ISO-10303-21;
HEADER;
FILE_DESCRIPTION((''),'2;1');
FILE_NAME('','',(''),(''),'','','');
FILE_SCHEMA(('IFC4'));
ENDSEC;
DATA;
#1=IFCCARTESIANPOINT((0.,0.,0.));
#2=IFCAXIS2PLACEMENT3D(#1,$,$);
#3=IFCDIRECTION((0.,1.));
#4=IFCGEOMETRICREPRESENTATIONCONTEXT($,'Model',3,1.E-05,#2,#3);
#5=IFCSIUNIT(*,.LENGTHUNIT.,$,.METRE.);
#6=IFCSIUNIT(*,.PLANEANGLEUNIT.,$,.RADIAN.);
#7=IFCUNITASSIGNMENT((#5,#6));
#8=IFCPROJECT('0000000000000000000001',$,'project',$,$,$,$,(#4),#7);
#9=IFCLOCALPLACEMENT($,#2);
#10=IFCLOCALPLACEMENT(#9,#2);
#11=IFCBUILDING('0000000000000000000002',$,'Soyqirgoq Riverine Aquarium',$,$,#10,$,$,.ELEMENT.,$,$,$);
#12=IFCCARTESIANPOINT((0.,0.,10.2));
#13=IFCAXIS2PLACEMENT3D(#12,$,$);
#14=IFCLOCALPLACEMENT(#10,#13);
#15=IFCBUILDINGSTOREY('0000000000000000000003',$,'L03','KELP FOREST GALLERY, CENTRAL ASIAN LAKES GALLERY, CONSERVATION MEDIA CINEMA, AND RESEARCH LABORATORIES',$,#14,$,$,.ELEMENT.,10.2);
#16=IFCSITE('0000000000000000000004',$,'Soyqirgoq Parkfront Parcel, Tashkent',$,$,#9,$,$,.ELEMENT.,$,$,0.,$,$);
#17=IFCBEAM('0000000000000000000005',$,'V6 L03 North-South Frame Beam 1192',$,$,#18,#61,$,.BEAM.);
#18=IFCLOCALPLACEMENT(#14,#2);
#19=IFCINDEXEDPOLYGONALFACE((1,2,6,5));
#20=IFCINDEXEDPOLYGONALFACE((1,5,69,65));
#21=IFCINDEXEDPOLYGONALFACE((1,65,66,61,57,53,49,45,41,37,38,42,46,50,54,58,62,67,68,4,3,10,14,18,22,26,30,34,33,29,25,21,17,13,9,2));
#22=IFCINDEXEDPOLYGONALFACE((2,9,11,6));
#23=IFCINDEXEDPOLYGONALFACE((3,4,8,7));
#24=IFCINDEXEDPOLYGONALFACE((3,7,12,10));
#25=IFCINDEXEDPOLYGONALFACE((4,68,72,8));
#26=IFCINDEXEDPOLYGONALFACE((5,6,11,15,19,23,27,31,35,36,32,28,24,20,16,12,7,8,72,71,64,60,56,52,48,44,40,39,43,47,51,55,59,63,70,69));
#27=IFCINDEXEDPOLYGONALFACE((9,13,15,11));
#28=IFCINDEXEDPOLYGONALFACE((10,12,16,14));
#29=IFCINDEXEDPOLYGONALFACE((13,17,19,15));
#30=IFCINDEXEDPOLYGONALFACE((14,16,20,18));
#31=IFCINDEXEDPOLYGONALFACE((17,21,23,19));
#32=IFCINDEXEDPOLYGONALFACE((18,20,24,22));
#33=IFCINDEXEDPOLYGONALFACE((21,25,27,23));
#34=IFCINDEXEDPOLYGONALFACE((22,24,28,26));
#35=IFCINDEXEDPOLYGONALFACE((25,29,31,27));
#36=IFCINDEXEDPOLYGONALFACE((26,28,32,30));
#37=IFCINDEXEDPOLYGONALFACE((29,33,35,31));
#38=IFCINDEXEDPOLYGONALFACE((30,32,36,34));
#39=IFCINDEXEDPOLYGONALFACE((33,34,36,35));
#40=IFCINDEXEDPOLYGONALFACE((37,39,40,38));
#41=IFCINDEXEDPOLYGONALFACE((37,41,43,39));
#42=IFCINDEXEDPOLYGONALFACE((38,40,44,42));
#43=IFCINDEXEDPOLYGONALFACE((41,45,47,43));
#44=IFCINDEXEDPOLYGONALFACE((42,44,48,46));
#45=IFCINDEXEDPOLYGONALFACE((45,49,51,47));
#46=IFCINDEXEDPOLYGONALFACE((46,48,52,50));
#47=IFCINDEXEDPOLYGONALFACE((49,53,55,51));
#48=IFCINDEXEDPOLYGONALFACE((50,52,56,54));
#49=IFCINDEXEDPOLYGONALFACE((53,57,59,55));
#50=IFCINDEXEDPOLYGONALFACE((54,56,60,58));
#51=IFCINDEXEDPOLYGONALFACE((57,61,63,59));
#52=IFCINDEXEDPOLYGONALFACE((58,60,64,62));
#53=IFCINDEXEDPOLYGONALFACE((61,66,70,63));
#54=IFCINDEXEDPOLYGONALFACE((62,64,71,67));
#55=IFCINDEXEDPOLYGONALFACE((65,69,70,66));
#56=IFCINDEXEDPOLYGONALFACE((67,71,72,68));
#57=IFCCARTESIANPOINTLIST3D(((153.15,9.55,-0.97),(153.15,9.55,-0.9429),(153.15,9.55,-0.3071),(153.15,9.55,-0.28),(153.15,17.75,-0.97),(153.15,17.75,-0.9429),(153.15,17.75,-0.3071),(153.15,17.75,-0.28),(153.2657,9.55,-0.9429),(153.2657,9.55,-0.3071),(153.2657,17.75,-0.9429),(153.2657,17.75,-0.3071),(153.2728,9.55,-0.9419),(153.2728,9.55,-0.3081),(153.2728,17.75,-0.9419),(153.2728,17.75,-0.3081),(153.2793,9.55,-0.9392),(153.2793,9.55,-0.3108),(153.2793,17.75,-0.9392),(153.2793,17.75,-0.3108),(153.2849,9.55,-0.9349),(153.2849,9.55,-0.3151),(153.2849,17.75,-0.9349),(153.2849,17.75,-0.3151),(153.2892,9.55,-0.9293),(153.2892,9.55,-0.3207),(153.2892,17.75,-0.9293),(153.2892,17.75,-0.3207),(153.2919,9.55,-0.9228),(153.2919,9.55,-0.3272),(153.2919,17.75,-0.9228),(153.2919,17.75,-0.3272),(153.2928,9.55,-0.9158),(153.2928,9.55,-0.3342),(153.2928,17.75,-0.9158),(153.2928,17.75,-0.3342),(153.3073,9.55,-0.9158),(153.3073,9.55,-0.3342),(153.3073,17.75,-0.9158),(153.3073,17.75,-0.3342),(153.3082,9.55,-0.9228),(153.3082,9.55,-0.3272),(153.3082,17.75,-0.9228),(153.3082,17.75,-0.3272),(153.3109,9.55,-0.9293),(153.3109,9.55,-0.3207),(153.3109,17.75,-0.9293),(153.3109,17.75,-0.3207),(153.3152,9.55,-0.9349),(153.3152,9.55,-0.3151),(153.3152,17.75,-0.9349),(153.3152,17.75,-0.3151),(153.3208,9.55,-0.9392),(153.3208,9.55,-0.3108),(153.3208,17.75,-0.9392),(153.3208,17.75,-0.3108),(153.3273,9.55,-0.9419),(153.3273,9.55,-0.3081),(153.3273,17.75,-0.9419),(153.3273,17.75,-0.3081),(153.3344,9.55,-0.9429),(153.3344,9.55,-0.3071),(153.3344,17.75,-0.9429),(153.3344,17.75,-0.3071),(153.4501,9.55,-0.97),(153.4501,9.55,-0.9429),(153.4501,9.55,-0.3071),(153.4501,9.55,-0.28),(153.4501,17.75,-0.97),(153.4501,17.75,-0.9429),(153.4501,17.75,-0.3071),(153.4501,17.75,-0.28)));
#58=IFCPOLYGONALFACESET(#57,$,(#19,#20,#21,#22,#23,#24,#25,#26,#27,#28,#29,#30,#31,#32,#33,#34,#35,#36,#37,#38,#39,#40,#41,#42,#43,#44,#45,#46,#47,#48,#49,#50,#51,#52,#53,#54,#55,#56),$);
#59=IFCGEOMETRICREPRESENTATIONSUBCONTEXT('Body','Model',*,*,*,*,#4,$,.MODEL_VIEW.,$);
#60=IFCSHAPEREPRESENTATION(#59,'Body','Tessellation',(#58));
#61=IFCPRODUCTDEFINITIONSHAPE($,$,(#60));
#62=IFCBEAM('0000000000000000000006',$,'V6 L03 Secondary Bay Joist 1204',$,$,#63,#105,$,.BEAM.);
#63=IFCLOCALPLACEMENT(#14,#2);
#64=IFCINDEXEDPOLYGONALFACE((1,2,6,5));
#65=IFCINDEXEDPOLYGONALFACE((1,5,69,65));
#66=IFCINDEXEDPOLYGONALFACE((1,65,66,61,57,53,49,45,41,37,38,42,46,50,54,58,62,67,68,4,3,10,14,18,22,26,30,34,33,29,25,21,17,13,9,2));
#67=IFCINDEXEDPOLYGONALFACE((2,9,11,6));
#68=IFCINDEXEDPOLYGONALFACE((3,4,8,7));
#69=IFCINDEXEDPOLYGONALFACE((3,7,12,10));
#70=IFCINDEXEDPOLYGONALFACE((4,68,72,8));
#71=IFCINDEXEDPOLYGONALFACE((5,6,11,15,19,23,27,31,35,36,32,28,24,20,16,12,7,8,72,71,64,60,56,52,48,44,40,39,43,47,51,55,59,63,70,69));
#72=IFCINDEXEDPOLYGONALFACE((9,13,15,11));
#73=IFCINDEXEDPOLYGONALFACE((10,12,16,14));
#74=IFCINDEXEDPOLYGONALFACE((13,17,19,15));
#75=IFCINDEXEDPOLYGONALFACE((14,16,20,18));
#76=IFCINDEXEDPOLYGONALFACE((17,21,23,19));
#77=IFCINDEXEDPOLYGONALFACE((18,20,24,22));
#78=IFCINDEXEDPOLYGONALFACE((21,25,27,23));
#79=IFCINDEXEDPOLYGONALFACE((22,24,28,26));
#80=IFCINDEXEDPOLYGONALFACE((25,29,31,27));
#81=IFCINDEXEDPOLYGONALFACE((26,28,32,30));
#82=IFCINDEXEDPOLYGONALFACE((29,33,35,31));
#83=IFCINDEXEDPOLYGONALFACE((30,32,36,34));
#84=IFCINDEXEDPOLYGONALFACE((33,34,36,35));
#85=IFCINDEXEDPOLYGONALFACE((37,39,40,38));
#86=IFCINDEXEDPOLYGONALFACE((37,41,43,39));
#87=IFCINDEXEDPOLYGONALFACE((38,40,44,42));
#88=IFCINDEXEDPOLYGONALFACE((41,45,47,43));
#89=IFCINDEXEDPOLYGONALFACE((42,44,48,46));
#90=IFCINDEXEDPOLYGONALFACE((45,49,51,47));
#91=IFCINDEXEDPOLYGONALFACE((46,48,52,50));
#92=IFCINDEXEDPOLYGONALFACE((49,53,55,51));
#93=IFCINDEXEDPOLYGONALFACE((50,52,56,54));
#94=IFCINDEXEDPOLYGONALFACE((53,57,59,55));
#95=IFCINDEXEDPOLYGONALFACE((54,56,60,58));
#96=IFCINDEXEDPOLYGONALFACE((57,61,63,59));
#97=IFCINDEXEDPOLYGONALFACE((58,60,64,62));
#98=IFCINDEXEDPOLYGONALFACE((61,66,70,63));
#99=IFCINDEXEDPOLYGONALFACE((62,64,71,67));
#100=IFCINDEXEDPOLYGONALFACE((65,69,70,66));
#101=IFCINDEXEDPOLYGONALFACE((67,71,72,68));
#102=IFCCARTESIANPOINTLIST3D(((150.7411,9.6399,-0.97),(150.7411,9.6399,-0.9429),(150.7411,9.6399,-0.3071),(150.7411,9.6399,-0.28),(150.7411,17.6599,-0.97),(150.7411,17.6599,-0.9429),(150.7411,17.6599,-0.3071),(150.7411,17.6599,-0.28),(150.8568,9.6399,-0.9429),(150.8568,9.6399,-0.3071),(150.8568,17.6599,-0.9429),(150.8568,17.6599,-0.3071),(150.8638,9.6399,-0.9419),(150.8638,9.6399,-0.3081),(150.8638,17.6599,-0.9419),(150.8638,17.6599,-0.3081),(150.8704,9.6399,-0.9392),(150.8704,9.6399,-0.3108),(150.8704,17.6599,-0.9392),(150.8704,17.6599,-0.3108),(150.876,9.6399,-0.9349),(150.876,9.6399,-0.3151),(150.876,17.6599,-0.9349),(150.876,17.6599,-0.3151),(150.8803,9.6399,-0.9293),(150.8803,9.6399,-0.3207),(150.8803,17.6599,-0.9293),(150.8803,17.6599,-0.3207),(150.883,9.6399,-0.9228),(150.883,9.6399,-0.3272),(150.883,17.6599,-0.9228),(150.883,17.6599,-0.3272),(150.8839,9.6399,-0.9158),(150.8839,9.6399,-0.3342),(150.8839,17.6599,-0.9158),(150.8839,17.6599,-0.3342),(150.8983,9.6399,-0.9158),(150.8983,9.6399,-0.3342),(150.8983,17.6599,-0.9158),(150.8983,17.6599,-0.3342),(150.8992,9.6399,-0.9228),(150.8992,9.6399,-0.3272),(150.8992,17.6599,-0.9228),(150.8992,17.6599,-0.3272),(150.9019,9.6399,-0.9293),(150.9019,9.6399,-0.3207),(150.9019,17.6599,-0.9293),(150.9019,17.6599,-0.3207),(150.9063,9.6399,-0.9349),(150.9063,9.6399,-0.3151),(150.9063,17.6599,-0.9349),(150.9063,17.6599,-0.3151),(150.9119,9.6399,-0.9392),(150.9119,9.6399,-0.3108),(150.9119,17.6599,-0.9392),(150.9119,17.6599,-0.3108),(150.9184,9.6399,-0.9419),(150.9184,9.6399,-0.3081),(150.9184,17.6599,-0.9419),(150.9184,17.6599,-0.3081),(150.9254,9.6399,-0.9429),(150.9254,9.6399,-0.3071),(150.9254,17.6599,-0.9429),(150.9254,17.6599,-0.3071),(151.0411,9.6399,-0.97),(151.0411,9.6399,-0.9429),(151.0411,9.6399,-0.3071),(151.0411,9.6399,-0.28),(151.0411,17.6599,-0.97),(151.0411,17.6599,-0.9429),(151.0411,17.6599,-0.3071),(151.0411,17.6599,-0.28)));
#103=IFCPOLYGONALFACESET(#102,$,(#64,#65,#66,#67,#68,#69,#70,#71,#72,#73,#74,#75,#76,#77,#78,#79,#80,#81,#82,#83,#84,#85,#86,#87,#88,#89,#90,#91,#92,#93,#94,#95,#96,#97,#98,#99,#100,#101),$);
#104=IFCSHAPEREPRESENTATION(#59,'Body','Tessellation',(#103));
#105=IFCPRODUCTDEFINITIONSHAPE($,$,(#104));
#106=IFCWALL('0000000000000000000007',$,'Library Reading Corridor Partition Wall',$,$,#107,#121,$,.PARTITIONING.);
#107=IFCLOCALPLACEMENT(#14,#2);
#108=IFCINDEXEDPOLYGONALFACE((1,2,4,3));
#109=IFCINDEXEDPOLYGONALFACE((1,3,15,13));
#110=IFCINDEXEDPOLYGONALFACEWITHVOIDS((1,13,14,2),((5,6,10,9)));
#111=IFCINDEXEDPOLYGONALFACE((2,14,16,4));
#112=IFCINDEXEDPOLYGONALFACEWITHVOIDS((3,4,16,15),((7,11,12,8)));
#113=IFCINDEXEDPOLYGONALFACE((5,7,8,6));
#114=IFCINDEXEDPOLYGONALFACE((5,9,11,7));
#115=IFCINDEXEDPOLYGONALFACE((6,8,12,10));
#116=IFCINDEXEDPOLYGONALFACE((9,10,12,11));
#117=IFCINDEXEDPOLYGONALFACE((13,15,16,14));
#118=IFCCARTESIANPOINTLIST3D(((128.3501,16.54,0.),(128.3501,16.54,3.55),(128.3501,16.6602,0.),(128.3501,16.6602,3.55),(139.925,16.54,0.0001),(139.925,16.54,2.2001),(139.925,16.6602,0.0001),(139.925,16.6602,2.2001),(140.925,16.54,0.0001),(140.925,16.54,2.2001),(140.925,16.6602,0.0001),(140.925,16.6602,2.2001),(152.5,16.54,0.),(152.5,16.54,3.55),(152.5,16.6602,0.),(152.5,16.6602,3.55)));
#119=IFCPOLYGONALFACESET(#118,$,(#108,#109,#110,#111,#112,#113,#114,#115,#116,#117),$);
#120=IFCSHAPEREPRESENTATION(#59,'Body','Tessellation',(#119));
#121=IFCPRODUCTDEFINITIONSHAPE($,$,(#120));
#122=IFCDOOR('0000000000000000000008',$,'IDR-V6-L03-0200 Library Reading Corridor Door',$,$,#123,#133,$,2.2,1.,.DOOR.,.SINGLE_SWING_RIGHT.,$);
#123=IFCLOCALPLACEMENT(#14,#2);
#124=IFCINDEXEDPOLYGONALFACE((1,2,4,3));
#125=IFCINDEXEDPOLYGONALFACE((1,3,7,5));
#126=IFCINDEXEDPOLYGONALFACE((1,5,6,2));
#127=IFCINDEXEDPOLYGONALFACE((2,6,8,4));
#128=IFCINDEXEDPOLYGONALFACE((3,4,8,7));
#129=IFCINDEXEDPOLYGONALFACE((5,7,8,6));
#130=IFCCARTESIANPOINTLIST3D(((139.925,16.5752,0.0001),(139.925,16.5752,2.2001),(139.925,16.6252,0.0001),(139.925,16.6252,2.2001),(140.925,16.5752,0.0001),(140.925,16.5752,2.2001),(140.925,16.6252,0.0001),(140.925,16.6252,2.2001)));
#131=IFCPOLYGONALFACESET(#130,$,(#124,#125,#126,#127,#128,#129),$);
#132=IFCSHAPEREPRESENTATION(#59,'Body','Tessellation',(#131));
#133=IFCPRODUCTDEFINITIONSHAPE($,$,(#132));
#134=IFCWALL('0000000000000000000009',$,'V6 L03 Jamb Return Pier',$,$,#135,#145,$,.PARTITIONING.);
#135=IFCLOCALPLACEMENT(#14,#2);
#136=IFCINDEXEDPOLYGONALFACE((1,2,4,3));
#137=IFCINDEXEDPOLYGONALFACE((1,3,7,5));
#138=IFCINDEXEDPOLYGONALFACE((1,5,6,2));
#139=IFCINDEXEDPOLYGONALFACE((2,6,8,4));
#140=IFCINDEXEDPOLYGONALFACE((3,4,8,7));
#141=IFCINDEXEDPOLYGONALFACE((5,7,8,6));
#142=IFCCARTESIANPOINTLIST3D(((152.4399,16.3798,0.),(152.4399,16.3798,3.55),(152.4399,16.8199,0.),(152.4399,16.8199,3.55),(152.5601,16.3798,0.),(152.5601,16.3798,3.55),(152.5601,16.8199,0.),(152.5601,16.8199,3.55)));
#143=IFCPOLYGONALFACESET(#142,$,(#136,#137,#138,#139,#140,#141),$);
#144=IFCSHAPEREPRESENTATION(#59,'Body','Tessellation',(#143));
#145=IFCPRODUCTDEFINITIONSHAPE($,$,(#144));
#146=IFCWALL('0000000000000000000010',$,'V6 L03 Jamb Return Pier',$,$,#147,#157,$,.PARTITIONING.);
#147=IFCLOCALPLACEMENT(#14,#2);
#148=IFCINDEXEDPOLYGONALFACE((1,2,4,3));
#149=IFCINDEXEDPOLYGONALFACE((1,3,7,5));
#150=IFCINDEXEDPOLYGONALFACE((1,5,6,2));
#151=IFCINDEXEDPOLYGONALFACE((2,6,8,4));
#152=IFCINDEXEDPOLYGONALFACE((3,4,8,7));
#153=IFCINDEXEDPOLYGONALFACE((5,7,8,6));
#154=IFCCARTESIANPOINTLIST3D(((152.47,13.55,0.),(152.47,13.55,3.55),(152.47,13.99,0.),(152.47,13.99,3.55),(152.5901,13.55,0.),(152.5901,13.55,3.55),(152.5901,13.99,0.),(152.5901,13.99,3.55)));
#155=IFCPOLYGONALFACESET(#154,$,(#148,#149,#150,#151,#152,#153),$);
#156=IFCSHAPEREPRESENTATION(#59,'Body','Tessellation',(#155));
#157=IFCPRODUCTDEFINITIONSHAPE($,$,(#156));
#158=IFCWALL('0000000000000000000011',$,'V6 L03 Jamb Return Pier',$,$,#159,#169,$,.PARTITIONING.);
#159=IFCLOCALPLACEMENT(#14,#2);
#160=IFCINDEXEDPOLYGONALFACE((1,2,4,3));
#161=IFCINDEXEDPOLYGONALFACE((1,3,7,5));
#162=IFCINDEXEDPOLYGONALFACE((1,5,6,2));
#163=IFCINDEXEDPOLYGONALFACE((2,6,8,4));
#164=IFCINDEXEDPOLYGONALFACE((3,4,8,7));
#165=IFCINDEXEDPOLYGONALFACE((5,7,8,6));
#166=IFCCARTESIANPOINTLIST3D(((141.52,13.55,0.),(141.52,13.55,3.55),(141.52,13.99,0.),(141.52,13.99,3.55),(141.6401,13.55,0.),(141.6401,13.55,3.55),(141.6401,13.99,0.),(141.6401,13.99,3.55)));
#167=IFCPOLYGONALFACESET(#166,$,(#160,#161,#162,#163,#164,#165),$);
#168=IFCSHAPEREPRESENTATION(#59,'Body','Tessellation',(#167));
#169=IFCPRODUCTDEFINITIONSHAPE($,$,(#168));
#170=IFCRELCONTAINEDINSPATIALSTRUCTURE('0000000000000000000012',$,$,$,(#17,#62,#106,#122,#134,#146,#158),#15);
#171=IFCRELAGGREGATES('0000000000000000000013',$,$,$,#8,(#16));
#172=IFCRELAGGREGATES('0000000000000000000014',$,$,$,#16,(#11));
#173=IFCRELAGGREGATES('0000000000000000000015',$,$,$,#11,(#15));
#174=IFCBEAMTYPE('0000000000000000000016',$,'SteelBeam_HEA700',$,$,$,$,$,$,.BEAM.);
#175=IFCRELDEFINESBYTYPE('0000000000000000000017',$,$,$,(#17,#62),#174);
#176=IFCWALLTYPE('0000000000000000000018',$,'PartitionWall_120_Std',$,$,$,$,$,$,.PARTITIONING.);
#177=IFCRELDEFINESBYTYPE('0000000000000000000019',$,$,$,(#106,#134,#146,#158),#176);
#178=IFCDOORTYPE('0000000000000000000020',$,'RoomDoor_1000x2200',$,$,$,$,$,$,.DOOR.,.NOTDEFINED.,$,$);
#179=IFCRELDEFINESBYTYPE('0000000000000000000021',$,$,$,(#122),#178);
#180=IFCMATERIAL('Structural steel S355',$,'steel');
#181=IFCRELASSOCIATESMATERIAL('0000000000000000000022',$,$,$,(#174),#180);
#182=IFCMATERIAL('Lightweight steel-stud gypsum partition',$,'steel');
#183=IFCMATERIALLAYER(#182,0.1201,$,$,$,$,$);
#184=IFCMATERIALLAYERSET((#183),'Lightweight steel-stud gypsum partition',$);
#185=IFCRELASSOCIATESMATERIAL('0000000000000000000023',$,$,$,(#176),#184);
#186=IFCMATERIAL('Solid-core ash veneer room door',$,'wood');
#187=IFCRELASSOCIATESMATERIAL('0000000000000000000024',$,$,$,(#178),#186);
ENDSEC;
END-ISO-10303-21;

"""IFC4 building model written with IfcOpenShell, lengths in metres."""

from ifc_helpers import new_model, si_unit, direction, frame, frame_2d, origin, origin_2d, place, context, subcontext, project, spatial, rectangle, i_section, extrude, material, layer, layer_set, material_profile, profile_set, type_object, element, fill, save


model = new_model("IFC4")

# Units and contexts
model_context = context("Model", 3, precision=1e-05, world=origin(), true_north=direction((0.0, 1.0)))
body_context = subcontext(model_context, "Body", "Model", "MODEL_VIEW")
ifc_project = project(units=[si_unit("LENGTHUNIT", "METRE"), si_unit("PLANEANGLEUNIT", "RADIAN")], contexts=[model_context])

# Site, building, storey
site_placement = place(None, origin())
site = spatial("IfcSite", under=ifc_project, at=site_placement, Name="Soyqirgoq Parkfront Parcel, Tashkent", CompositionType="ELEMENT", RefElevation=0.0)
building_placement = place(site_placement, origin())
building = spatial("IfcBuilding", under=site, at=building_placement, Name="Soyqirgoq Riverine Aquarium", CompositionType="ELEMENT")
storey_placement = place(building_placement, frame((0.0, 0.0, 10.2)))
storey = spatial("IfcBuildingStorey", under=building, at=storey_placement, Name="L03", Description="KELP FOREST GALLERY, CENTRAL ASIAN LAKES GALLERY, CONSERVATION MEDIA CINEMA, AND RESEARCH LABORATORIES", CompositionType="ELEMENT", Elevation=10.2)

# Beams
ifc_material_1 = material(Name="Structural steel S355", Category="steel")
ifc_material_profile_1 = material_profile(ifc_material_1, i_section(OverallWidth=0.3, OverallDepth=0.6899, WebThickness=0.0144, FlangeThickness=0.0271, FilletRadius=0.0271, at=origin_2d()), Name="HEA 700")
ifc_profile_set_1 = profile_set([ifc_material_profile_1], Name="Structural steel S355")
beam_type_1 = type_object("IfcBeamType", Name="SteelBeam_HEA700", PredefinedType="BEAM", material=ifc_profile_set_1)
beam_1_placement = place(storey_placement, frame((153.3, 9.55, -0.625), z_axis=(0.0, 1.0, 0.0), x_axis=(-1.0, 0.0, 0.0)))
element("IfcBeam", 1, at=beam_1_placement, inside=storey, type_object=beam_type_1, Name="V6 L03 North-South Frame Beam 1192", PredefinedType="BEAM", context=body_context, shape_type="SweptSolid", body=[
    extrude(i_section(OverallWidth=0.3, OverallDepth=0.6899, WebThickness=0.0144, FlangeThickness=0.0271, FilletRadius=0.0271, at=origin_2d()), origin(), (0.0, 0.0, 1.0), 8.2),
])
beam_2_placement = place(storey_placement, frame((150.8911, 9.6399, -0.625), z_axis=(0.0, 1.0, 0.0), x_axis=(-1.0, 0.0, 0.0)))
element("IfcBeam", 2, at=beam_2_placement, inside=storey, type_object=beam_type_1, Name="V6 L03 Secondary Bay Joist 1204", PredefinedType="BEAM", context=body_context, shape_type="SweptSolid", body=[
    extrude(i_section(OverallWidth=0.3, OverallDepth=0.6899, WebThickness=0.0144, FlangeThickness=0.0271, FilletRadius=0.0271, at=origin_2d()), origin(), (0.0, 0.0, 1.0), 8.02),
])

# Wall, opening, door
ifc_material_2 = material(Name="Lightweight steel-stud gypsum partition", Category="steel")
ifc_layer_1 = layer(ifc_material_2, 0.1201)
ifc_layer_set_1 = layer_set([ifc_layer_1], Name="Lightweight steel-stud gypsum partition")
wall_type_1 = type_object("IfcWallType", Name="PartitionWall_120_Std", PredefinedType="PARTITIONING", material=ifc_layer_set_1)
wall_1_placement = place(storey_placement, frame((152.5, 16.6001, 0.0), z_axis=(0.0, 0.0, 1.0), x_axis=(-1.0, 0.0, 0.0)))
wall_1 = element("IfcWall", 3, at=wall_1_placement, inside=storey, type_object=wall_type_1, Name="Library Reading Corridor Partition Wall", PredefinedType="PARTITIONING", context=body_context, shape_type="SweptSolid", body=[
    extrude(rectangle(XDim=24.1499, YDim=0.1201, at=frame_2d((12.075, 0.0))), origin(), (0.0, 0.0, 1.0), 3.55),
])
opening_1_placement = place(wall_1_placement, frame((11.575, 0.0, 0.0)))
opening_1 = element("IfcOpeningElement", 4, at=opening_1_placement, cuts=wall_1, PredefinedType="OPENING", context=body_context, shape_type="SweptSolid", body=[
    extrude(rectangle(XDim=1.0, YDim=2.2, at=frame_2d((0.5, 1.1001))), frame((0.0, 0.0701, 0.0), z_axis=(0.0, -1.0, 0.0), x_axis=(1.0, 0.0, 0.0)), (0.0, 0.0, 1.0), 0.1401),
])
ifc_material_3 = material(Name="Solid-core ash veneer room door", Category="wood")
door_type_1 = type_object("IfcDoorType", Name="RoomDoor_1000x2200", OperationType="NOTDEFINED", PredefinedType="DOOR", material=ifc_material_3)
door_1_placement = place(opening_1_placement, origin())
door_1 = element("IfcDoor", 5, at=door_1_placement, inside=storey, type_object=door_type_1, Name="IDR-V6-L03-0200 Library Reading Corridor Door", OperationType="SINGLE_SWING_RIGHT", OverallHeight=2.2, OverallWidth=1.0, PredefinedType="DOOR", context=body_context, shape_type="SweptSolid", body=[
    extrude(rectangle(XDim=1.0, YDim=2.2, at=frame_2d((0.5, 1.1001))), frame((0.0, 0.0249, 0.0), z_axis=(0.0, -1.0, 0.0), x_axis=(1.0, 0.0, 0.0)), (0.0, 0.0, 1.0), 0.05),
])
fill(opening_1, door_1)

# Walls
wall_2_placement = place(storey_placement, frame((152.5, 16.8201, 0.0), z_axis=(0.0, 0.0, 1.0), x_axis=(0.0, -1.0, 0.0)))
element("IfcWall", 6, at=wall_2_placement, inside=storey, type_object=wall_type_1, Name="V6 L03 Jamb Return Pier", PredefinedType="PARTITIONING", context=body_context, shape_type="SweptSolid", body=[
    extrude(rectangle(XDim=0.4402, YDim=0.1201, at=frame_2d((0.2202, 0.0))), origin(), (0.0, 0.0, 1.0), 3.55),
])
for number, where, z_axis, x_axis, name in (
    (7, (152.53, 13.99, 0.0), (0.0, 0.0, 1.0), (0.0, -1.0, 0.0), "V6 L03 Jamb Return Pier"),
    (8, (141.5801, 13.99, 0.0), (0.0, 0.0, 1.0), (0.0, -1.0, 0.0), "V6 L03 Jamb Return Pier"),
):
    element("IfcWall", number, at=place(storey_placement, frame(where, z_axis=z_axis, x_axis=x_axis)), inside=storey, type_object=wall_type_1, Name=name, PredefinedType="PARTITIONING", context=body_context, shape_type="SweptSolid", body=[
        extrude(rectangle(XDim=0.4399, YDim=0.1201, at=frame_2d((0.22, 0.0))), origin(), (0.0, 0.0, 1.0), 3.55),
    ])

save(model, "model.ifc")
